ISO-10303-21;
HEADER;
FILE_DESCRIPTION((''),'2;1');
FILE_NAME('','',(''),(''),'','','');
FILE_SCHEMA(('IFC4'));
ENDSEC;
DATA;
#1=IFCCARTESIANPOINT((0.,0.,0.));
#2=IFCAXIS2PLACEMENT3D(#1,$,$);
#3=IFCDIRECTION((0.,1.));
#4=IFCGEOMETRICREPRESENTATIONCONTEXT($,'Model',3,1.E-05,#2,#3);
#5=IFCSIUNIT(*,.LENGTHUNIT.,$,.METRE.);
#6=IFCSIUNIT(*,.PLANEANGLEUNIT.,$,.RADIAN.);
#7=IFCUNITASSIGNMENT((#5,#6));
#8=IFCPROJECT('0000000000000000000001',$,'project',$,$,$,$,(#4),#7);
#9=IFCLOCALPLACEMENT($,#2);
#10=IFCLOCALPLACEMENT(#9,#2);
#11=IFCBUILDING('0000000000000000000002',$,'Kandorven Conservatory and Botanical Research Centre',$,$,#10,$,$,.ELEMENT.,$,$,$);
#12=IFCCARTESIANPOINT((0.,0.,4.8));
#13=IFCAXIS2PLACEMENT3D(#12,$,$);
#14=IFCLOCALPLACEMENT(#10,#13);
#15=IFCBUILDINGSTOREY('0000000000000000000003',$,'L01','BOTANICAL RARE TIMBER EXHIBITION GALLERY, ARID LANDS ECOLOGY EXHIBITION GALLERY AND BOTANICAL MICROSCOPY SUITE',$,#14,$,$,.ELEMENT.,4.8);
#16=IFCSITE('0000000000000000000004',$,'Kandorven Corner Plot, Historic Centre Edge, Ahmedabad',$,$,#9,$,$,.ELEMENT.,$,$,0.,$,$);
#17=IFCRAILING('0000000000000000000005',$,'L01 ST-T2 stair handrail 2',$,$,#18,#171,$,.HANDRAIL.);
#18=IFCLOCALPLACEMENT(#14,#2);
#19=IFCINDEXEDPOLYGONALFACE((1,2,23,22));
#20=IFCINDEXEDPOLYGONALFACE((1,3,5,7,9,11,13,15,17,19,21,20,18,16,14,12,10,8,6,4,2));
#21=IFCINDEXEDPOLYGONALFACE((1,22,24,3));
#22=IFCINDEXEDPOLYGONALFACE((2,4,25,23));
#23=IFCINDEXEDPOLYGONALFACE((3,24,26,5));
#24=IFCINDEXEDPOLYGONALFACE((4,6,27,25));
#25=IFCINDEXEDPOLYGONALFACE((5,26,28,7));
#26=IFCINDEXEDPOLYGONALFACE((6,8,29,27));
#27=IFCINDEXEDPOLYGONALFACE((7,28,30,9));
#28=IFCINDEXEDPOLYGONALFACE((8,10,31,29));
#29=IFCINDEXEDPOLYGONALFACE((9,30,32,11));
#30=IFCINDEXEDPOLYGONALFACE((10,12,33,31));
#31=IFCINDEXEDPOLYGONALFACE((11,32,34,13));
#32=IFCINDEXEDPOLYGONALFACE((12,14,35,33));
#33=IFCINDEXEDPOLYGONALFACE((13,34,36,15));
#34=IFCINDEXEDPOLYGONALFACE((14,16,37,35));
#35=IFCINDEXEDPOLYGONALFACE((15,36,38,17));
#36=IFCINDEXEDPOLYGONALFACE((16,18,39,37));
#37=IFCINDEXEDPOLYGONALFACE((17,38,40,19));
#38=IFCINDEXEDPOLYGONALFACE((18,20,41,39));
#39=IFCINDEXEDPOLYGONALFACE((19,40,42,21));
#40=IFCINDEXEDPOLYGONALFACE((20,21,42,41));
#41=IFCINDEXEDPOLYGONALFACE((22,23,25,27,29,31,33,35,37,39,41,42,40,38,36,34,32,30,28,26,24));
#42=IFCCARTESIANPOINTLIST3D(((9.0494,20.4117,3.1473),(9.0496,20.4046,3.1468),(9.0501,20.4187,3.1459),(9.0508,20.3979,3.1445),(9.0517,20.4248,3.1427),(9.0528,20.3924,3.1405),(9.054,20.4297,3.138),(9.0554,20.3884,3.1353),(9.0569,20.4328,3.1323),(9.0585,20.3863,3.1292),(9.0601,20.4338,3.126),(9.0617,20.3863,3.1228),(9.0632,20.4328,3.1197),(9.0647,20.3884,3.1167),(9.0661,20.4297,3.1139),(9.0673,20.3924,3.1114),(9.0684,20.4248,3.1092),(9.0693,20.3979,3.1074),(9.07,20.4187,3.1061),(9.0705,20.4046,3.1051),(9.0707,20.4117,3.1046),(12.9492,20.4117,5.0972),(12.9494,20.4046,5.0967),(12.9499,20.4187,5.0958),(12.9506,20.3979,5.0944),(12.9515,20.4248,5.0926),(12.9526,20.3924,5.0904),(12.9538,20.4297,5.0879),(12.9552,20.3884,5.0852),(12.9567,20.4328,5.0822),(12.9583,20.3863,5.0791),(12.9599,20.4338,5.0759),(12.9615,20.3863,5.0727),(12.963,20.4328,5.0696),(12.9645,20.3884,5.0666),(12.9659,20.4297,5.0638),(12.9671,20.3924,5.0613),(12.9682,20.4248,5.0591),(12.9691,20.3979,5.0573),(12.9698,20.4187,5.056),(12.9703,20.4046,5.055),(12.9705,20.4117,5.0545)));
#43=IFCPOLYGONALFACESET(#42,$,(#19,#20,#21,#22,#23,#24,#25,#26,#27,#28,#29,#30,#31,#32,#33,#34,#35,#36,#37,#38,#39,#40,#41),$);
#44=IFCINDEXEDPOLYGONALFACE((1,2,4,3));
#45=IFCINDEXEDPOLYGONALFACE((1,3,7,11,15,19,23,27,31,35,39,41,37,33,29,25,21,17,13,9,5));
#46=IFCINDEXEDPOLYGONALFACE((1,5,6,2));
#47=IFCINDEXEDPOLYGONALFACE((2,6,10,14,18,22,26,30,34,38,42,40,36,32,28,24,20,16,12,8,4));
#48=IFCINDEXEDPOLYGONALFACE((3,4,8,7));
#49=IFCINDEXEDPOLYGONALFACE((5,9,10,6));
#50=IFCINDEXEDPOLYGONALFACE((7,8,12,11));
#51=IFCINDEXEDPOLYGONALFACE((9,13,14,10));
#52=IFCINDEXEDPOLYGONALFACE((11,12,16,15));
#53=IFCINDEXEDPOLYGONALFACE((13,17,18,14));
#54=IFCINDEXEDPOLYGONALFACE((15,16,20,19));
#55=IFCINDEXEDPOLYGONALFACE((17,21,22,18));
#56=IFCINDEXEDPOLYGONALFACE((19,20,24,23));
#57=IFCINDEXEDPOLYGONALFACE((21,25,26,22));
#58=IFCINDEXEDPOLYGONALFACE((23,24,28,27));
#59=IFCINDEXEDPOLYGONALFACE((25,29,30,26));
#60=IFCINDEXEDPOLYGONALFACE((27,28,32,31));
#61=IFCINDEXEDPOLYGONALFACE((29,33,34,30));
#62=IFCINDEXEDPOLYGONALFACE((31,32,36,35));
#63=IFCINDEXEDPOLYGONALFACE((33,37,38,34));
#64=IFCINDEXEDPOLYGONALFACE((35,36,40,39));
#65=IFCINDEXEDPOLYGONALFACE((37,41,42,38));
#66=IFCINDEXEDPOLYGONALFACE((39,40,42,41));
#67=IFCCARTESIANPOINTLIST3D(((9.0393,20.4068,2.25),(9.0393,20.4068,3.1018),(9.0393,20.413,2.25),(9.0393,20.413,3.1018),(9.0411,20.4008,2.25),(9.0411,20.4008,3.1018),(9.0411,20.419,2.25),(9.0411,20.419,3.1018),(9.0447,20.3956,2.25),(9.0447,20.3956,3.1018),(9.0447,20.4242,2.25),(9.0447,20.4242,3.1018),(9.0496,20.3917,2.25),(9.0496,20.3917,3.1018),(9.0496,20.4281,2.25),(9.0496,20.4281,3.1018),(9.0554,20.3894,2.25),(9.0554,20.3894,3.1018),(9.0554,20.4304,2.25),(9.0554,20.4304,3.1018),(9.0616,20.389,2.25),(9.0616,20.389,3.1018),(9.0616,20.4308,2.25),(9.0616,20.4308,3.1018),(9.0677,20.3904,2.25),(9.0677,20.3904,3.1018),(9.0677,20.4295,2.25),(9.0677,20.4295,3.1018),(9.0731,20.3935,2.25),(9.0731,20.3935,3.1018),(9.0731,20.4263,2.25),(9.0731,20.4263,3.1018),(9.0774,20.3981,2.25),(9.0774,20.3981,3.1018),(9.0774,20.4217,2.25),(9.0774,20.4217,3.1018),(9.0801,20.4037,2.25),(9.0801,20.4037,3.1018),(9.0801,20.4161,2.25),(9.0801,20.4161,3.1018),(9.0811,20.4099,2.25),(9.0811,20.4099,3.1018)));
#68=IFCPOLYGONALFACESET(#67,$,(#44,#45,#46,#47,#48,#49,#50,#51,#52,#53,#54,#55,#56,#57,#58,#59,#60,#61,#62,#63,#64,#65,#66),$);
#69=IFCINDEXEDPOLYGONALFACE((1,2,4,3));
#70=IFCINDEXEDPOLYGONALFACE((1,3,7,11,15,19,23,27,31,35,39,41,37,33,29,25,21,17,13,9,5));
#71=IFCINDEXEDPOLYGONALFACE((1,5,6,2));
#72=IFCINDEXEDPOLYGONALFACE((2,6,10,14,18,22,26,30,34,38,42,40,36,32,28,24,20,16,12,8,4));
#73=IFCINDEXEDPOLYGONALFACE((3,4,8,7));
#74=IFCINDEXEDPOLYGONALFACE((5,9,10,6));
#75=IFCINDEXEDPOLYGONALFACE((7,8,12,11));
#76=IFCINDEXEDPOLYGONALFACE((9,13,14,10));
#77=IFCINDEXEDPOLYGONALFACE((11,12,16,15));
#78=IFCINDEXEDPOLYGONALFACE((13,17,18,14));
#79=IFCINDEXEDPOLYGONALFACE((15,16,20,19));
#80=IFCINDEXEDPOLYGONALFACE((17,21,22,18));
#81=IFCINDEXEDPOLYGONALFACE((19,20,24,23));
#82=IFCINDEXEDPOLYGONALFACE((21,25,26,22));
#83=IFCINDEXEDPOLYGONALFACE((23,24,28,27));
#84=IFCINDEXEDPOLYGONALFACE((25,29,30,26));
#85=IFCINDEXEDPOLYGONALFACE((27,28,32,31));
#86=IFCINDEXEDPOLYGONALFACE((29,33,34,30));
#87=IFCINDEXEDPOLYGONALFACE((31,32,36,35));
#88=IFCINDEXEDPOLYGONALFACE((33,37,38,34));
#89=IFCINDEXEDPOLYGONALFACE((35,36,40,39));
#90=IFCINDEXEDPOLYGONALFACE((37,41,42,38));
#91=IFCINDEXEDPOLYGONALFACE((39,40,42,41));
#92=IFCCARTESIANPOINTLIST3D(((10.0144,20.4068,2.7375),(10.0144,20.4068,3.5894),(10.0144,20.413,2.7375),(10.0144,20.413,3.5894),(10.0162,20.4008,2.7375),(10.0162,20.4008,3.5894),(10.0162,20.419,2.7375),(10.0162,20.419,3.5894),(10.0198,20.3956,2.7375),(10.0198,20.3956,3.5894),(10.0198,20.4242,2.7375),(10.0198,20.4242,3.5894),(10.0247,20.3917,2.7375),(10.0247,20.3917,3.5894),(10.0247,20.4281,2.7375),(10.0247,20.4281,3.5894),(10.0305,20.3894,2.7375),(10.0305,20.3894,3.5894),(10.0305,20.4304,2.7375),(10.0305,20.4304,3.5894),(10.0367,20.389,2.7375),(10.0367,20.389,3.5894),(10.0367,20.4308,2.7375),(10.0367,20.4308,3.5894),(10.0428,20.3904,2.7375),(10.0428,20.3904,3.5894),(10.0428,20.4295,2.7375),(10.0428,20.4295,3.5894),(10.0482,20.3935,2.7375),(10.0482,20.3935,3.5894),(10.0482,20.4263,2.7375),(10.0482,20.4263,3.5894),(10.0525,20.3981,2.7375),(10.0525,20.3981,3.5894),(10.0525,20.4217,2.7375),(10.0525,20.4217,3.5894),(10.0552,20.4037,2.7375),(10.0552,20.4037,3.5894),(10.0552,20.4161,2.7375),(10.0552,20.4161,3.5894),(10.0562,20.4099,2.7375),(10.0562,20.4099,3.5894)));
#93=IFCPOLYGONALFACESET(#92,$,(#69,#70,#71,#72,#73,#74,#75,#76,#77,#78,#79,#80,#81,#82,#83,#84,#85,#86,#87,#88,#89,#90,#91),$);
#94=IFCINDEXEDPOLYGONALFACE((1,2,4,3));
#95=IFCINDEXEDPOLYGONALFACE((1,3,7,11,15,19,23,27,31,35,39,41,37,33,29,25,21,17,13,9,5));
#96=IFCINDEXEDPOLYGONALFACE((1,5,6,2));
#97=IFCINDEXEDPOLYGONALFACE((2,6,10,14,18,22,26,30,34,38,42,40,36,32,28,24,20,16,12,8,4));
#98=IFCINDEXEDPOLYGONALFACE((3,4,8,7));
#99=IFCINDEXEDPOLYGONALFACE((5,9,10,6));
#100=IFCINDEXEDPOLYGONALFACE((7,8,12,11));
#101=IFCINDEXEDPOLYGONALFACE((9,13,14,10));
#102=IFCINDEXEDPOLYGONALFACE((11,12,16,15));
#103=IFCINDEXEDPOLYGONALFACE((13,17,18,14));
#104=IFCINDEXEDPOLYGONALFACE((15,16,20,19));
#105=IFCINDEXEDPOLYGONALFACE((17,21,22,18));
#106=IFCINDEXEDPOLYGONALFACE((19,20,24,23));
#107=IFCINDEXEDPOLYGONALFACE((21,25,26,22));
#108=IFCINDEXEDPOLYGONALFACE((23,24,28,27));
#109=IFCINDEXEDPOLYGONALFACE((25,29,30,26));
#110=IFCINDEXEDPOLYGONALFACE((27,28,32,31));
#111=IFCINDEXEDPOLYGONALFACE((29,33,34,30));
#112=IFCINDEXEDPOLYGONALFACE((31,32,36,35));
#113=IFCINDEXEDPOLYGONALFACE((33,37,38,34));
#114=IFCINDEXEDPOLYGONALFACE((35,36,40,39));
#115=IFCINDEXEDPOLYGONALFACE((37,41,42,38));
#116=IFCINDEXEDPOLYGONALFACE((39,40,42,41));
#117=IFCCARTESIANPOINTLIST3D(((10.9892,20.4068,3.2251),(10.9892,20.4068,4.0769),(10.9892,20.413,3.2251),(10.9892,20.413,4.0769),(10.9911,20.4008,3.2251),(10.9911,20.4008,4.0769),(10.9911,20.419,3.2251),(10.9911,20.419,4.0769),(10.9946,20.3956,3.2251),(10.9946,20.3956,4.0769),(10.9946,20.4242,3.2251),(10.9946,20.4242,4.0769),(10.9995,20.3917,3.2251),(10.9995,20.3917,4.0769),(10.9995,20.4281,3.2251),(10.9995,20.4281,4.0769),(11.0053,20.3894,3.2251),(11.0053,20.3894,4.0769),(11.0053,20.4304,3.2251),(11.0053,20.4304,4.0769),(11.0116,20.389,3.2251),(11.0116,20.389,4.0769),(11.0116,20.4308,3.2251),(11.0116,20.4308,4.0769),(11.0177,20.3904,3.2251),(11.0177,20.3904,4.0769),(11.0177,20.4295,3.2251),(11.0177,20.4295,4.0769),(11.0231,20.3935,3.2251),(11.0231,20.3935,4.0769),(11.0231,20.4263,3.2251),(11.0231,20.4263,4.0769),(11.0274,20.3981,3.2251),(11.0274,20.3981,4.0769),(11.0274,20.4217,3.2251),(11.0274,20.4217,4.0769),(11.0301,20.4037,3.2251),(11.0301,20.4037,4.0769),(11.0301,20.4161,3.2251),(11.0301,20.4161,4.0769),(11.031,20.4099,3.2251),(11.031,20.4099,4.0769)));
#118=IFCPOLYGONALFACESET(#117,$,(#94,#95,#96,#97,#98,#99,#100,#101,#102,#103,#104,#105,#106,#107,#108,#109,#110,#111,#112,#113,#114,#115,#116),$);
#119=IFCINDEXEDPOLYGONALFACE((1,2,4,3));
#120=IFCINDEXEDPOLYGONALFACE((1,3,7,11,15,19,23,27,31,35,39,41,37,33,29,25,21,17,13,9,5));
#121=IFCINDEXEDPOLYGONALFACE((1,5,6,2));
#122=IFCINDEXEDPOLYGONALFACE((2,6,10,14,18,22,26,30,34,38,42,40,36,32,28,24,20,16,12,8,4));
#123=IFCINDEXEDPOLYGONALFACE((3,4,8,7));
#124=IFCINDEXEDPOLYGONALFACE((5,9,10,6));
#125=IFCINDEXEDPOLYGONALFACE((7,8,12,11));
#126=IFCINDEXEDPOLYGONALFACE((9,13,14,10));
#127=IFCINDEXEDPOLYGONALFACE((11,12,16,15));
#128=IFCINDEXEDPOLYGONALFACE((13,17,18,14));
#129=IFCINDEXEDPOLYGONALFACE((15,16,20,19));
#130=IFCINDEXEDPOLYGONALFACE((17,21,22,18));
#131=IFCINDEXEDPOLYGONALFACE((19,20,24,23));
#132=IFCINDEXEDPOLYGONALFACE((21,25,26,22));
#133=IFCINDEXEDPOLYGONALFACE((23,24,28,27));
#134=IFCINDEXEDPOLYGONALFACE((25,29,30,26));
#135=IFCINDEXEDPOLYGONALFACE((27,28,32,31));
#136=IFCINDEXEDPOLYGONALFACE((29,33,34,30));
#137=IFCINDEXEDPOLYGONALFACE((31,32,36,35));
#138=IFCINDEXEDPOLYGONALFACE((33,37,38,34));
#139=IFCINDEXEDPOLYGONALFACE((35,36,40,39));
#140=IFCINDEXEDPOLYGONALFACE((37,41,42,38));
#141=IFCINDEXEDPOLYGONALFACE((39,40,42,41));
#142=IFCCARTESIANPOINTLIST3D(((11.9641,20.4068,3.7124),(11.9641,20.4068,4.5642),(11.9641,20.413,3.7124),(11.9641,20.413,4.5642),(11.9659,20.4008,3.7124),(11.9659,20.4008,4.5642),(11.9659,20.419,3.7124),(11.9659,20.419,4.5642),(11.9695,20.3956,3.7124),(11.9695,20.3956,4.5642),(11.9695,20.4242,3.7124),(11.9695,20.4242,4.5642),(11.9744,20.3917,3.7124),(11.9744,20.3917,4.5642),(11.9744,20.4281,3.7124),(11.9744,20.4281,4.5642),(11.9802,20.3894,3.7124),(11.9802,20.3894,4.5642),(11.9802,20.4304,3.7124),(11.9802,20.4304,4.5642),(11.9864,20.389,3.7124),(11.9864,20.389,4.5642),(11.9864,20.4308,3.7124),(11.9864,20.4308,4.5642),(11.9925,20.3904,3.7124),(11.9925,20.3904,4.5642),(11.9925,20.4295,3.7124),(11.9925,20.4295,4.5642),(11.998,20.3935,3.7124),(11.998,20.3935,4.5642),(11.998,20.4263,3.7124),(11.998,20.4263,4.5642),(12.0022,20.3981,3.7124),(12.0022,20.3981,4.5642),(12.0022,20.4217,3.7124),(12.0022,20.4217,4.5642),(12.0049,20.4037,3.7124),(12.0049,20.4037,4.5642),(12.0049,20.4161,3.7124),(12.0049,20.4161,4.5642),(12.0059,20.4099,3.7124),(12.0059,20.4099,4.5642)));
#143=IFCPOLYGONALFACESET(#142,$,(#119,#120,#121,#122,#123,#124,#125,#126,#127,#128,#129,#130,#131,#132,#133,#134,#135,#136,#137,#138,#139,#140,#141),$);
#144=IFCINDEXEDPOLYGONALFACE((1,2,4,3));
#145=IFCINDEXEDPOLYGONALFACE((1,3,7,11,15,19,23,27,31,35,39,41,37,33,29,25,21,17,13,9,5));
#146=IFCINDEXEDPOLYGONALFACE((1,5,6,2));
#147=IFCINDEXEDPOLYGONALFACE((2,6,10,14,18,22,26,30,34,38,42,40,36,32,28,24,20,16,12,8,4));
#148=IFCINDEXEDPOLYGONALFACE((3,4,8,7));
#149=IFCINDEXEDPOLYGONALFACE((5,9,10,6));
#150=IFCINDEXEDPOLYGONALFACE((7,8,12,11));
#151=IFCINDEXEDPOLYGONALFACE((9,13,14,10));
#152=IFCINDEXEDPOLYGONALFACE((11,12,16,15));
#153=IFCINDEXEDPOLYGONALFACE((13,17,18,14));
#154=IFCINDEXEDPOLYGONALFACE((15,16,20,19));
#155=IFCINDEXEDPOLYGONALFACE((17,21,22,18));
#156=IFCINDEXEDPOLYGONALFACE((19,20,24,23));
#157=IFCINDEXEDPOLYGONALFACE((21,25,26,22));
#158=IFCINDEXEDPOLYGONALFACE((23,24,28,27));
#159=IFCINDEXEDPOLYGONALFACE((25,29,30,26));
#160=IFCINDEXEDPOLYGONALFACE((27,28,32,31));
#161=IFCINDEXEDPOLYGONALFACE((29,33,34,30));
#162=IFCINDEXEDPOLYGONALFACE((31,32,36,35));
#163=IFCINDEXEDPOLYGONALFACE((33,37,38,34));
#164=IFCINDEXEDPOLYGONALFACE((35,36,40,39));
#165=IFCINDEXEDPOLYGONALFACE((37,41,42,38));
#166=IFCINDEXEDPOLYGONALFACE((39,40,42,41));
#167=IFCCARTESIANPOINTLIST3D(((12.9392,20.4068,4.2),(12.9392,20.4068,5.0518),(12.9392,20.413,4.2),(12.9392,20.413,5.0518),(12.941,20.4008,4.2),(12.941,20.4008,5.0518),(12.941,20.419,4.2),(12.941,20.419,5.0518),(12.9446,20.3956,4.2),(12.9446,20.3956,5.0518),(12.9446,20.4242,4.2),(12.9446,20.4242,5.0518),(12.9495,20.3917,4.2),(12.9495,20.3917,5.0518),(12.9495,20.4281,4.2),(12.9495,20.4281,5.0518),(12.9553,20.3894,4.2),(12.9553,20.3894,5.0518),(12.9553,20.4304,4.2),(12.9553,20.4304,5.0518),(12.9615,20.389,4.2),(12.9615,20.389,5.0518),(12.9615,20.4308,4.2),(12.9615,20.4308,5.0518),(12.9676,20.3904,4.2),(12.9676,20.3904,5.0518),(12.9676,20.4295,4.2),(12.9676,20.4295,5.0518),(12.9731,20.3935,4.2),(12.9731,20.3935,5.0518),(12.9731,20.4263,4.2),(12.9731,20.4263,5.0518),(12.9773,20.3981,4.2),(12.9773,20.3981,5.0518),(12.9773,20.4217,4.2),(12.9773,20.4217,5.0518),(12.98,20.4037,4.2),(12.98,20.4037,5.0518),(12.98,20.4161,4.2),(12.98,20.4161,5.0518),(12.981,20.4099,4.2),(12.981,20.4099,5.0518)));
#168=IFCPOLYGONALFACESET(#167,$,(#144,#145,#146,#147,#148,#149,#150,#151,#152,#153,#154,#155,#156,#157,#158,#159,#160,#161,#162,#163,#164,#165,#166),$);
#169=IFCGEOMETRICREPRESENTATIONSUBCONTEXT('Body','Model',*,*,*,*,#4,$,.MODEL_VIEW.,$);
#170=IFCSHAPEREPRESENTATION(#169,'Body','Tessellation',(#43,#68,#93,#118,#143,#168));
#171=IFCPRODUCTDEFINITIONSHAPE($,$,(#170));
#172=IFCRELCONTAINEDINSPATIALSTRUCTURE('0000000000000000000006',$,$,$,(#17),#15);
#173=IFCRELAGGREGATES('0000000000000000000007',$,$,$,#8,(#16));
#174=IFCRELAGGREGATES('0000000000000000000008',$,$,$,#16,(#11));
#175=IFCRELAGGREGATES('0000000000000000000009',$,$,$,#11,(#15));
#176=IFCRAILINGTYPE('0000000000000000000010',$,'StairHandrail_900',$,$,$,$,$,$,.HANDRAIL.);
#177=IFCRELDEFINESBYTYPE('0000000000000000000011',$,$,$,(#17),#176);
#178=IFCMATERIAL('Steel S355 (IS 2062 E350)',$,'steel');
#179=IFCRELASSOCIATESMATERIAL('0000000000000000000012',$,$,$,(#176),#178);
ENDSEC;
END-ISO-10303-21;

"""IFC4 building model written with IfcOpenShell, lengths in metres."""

from ifc_helpers import new_model, si_unit, direction, frame, origin, origin_2d, place, context, subcontext, project, spatial, circle, extrude, material, type_object, element, save


model = new_model("IFC4")

# Units and contexts
model_context = context("Model", 3, precision=1e-05, world=origin(), true_north=direction((0.0, 1.0)))
body_context = subcontext(model_context, "Body", "Model", "MODEL_VIEW")
ifc_project = project(units=[si_unit("LENGTHUNIT", "METRE"), si_unit("PLANEANGLEUNIT", "RADIAN")], contexts=[model_context])

# Site, building, storey
site_placement = place(None, origin())
site = spatial("IfcSite", under=ifc_project, at=site_placement, Name="Kandorven Corner Plot, Historic Centre Edge, Ahmedabad", CompositionType="ELEMENT", RefElevation=0.0)
building_placement = place(site_placement, origin())
building = spatial("IfcBuilding", under=site, at=building_placement, Name="Kandorven Conservatory and Botanical Research Centre", CompositionType="ELEMENT")
storey_placement = place(building_placement, frame((0.0, 0.0, 4.8)))
storey = spatial("IfcBuildingStorey", under=building, at=storey_placement, Name="L01", Description="BOTANICAL RARE TIMBER EXHIBITION GALLERY, ARID LANDS ECOLOGY EXHIBITION GALLERY AND BOTANICAL MICROSCOPY SUITE", CompositionType="ELEMENT", Elevation=4.8)

# Railing
ifc_material_1 = material(Name="Steel S355 (IS 2062 E350)", Category="steel")
railing_type_1 = type_object("IfcRailingType", Name="StairHandrail_900", PredefinedType="HANDRAIL", material=ifc_material_1)
railing_1_placement = place(storey_placement, frame((9.0601, 20.4099, 2.25)))
element("IfcRailing", 1, at=railing_1_placement, inside=storey, type_object=railing_type_1, Name="L01 ST-T2 stair handrail 2", PredefinedType="HANDRAIL", context=body_context, shape_type="SweptSolid", body=[
    extrude(circle(Radius=0.0239, at=origin_2d()), frame((0.0, 0.0, 0.876), z_axis=(0.894427, 0.0, 0.447214), x_axis=(0.0, 1.0, 0.0)), (0.0, 0.0, 1.0), 4.3601),
    extrude(circle(Radius=0.021, at=origin_2d()), origin(), (0.0, 0.0, 1.0), 0.8518),
    extrude(circle(Radius=0.021, at=origin_2d()), frame((0.9751, 0.0, 0.4875)), (0.0, 0.0, 1.0), 0.8518),
    extrude(circle(Radius=0.021, at=origin_2d()), frame((1.95, 0.0, 0.9751)), (0.0, 0.0, 1.0), 0.8518),
    extrude(circle(Radius=0.021, at=origin_2d()), frame((2.9248, 0.0, 1.4624)), (0.0, 0.0, 1.0), 0.8518),
    extrude(circle(Radius=0.021, at=origin_2d()), frame((3.8999, 0.0, 1.95)), (0.0, 0.0, 1.0), 0.8518),
])

save(model, "model.ifc")
